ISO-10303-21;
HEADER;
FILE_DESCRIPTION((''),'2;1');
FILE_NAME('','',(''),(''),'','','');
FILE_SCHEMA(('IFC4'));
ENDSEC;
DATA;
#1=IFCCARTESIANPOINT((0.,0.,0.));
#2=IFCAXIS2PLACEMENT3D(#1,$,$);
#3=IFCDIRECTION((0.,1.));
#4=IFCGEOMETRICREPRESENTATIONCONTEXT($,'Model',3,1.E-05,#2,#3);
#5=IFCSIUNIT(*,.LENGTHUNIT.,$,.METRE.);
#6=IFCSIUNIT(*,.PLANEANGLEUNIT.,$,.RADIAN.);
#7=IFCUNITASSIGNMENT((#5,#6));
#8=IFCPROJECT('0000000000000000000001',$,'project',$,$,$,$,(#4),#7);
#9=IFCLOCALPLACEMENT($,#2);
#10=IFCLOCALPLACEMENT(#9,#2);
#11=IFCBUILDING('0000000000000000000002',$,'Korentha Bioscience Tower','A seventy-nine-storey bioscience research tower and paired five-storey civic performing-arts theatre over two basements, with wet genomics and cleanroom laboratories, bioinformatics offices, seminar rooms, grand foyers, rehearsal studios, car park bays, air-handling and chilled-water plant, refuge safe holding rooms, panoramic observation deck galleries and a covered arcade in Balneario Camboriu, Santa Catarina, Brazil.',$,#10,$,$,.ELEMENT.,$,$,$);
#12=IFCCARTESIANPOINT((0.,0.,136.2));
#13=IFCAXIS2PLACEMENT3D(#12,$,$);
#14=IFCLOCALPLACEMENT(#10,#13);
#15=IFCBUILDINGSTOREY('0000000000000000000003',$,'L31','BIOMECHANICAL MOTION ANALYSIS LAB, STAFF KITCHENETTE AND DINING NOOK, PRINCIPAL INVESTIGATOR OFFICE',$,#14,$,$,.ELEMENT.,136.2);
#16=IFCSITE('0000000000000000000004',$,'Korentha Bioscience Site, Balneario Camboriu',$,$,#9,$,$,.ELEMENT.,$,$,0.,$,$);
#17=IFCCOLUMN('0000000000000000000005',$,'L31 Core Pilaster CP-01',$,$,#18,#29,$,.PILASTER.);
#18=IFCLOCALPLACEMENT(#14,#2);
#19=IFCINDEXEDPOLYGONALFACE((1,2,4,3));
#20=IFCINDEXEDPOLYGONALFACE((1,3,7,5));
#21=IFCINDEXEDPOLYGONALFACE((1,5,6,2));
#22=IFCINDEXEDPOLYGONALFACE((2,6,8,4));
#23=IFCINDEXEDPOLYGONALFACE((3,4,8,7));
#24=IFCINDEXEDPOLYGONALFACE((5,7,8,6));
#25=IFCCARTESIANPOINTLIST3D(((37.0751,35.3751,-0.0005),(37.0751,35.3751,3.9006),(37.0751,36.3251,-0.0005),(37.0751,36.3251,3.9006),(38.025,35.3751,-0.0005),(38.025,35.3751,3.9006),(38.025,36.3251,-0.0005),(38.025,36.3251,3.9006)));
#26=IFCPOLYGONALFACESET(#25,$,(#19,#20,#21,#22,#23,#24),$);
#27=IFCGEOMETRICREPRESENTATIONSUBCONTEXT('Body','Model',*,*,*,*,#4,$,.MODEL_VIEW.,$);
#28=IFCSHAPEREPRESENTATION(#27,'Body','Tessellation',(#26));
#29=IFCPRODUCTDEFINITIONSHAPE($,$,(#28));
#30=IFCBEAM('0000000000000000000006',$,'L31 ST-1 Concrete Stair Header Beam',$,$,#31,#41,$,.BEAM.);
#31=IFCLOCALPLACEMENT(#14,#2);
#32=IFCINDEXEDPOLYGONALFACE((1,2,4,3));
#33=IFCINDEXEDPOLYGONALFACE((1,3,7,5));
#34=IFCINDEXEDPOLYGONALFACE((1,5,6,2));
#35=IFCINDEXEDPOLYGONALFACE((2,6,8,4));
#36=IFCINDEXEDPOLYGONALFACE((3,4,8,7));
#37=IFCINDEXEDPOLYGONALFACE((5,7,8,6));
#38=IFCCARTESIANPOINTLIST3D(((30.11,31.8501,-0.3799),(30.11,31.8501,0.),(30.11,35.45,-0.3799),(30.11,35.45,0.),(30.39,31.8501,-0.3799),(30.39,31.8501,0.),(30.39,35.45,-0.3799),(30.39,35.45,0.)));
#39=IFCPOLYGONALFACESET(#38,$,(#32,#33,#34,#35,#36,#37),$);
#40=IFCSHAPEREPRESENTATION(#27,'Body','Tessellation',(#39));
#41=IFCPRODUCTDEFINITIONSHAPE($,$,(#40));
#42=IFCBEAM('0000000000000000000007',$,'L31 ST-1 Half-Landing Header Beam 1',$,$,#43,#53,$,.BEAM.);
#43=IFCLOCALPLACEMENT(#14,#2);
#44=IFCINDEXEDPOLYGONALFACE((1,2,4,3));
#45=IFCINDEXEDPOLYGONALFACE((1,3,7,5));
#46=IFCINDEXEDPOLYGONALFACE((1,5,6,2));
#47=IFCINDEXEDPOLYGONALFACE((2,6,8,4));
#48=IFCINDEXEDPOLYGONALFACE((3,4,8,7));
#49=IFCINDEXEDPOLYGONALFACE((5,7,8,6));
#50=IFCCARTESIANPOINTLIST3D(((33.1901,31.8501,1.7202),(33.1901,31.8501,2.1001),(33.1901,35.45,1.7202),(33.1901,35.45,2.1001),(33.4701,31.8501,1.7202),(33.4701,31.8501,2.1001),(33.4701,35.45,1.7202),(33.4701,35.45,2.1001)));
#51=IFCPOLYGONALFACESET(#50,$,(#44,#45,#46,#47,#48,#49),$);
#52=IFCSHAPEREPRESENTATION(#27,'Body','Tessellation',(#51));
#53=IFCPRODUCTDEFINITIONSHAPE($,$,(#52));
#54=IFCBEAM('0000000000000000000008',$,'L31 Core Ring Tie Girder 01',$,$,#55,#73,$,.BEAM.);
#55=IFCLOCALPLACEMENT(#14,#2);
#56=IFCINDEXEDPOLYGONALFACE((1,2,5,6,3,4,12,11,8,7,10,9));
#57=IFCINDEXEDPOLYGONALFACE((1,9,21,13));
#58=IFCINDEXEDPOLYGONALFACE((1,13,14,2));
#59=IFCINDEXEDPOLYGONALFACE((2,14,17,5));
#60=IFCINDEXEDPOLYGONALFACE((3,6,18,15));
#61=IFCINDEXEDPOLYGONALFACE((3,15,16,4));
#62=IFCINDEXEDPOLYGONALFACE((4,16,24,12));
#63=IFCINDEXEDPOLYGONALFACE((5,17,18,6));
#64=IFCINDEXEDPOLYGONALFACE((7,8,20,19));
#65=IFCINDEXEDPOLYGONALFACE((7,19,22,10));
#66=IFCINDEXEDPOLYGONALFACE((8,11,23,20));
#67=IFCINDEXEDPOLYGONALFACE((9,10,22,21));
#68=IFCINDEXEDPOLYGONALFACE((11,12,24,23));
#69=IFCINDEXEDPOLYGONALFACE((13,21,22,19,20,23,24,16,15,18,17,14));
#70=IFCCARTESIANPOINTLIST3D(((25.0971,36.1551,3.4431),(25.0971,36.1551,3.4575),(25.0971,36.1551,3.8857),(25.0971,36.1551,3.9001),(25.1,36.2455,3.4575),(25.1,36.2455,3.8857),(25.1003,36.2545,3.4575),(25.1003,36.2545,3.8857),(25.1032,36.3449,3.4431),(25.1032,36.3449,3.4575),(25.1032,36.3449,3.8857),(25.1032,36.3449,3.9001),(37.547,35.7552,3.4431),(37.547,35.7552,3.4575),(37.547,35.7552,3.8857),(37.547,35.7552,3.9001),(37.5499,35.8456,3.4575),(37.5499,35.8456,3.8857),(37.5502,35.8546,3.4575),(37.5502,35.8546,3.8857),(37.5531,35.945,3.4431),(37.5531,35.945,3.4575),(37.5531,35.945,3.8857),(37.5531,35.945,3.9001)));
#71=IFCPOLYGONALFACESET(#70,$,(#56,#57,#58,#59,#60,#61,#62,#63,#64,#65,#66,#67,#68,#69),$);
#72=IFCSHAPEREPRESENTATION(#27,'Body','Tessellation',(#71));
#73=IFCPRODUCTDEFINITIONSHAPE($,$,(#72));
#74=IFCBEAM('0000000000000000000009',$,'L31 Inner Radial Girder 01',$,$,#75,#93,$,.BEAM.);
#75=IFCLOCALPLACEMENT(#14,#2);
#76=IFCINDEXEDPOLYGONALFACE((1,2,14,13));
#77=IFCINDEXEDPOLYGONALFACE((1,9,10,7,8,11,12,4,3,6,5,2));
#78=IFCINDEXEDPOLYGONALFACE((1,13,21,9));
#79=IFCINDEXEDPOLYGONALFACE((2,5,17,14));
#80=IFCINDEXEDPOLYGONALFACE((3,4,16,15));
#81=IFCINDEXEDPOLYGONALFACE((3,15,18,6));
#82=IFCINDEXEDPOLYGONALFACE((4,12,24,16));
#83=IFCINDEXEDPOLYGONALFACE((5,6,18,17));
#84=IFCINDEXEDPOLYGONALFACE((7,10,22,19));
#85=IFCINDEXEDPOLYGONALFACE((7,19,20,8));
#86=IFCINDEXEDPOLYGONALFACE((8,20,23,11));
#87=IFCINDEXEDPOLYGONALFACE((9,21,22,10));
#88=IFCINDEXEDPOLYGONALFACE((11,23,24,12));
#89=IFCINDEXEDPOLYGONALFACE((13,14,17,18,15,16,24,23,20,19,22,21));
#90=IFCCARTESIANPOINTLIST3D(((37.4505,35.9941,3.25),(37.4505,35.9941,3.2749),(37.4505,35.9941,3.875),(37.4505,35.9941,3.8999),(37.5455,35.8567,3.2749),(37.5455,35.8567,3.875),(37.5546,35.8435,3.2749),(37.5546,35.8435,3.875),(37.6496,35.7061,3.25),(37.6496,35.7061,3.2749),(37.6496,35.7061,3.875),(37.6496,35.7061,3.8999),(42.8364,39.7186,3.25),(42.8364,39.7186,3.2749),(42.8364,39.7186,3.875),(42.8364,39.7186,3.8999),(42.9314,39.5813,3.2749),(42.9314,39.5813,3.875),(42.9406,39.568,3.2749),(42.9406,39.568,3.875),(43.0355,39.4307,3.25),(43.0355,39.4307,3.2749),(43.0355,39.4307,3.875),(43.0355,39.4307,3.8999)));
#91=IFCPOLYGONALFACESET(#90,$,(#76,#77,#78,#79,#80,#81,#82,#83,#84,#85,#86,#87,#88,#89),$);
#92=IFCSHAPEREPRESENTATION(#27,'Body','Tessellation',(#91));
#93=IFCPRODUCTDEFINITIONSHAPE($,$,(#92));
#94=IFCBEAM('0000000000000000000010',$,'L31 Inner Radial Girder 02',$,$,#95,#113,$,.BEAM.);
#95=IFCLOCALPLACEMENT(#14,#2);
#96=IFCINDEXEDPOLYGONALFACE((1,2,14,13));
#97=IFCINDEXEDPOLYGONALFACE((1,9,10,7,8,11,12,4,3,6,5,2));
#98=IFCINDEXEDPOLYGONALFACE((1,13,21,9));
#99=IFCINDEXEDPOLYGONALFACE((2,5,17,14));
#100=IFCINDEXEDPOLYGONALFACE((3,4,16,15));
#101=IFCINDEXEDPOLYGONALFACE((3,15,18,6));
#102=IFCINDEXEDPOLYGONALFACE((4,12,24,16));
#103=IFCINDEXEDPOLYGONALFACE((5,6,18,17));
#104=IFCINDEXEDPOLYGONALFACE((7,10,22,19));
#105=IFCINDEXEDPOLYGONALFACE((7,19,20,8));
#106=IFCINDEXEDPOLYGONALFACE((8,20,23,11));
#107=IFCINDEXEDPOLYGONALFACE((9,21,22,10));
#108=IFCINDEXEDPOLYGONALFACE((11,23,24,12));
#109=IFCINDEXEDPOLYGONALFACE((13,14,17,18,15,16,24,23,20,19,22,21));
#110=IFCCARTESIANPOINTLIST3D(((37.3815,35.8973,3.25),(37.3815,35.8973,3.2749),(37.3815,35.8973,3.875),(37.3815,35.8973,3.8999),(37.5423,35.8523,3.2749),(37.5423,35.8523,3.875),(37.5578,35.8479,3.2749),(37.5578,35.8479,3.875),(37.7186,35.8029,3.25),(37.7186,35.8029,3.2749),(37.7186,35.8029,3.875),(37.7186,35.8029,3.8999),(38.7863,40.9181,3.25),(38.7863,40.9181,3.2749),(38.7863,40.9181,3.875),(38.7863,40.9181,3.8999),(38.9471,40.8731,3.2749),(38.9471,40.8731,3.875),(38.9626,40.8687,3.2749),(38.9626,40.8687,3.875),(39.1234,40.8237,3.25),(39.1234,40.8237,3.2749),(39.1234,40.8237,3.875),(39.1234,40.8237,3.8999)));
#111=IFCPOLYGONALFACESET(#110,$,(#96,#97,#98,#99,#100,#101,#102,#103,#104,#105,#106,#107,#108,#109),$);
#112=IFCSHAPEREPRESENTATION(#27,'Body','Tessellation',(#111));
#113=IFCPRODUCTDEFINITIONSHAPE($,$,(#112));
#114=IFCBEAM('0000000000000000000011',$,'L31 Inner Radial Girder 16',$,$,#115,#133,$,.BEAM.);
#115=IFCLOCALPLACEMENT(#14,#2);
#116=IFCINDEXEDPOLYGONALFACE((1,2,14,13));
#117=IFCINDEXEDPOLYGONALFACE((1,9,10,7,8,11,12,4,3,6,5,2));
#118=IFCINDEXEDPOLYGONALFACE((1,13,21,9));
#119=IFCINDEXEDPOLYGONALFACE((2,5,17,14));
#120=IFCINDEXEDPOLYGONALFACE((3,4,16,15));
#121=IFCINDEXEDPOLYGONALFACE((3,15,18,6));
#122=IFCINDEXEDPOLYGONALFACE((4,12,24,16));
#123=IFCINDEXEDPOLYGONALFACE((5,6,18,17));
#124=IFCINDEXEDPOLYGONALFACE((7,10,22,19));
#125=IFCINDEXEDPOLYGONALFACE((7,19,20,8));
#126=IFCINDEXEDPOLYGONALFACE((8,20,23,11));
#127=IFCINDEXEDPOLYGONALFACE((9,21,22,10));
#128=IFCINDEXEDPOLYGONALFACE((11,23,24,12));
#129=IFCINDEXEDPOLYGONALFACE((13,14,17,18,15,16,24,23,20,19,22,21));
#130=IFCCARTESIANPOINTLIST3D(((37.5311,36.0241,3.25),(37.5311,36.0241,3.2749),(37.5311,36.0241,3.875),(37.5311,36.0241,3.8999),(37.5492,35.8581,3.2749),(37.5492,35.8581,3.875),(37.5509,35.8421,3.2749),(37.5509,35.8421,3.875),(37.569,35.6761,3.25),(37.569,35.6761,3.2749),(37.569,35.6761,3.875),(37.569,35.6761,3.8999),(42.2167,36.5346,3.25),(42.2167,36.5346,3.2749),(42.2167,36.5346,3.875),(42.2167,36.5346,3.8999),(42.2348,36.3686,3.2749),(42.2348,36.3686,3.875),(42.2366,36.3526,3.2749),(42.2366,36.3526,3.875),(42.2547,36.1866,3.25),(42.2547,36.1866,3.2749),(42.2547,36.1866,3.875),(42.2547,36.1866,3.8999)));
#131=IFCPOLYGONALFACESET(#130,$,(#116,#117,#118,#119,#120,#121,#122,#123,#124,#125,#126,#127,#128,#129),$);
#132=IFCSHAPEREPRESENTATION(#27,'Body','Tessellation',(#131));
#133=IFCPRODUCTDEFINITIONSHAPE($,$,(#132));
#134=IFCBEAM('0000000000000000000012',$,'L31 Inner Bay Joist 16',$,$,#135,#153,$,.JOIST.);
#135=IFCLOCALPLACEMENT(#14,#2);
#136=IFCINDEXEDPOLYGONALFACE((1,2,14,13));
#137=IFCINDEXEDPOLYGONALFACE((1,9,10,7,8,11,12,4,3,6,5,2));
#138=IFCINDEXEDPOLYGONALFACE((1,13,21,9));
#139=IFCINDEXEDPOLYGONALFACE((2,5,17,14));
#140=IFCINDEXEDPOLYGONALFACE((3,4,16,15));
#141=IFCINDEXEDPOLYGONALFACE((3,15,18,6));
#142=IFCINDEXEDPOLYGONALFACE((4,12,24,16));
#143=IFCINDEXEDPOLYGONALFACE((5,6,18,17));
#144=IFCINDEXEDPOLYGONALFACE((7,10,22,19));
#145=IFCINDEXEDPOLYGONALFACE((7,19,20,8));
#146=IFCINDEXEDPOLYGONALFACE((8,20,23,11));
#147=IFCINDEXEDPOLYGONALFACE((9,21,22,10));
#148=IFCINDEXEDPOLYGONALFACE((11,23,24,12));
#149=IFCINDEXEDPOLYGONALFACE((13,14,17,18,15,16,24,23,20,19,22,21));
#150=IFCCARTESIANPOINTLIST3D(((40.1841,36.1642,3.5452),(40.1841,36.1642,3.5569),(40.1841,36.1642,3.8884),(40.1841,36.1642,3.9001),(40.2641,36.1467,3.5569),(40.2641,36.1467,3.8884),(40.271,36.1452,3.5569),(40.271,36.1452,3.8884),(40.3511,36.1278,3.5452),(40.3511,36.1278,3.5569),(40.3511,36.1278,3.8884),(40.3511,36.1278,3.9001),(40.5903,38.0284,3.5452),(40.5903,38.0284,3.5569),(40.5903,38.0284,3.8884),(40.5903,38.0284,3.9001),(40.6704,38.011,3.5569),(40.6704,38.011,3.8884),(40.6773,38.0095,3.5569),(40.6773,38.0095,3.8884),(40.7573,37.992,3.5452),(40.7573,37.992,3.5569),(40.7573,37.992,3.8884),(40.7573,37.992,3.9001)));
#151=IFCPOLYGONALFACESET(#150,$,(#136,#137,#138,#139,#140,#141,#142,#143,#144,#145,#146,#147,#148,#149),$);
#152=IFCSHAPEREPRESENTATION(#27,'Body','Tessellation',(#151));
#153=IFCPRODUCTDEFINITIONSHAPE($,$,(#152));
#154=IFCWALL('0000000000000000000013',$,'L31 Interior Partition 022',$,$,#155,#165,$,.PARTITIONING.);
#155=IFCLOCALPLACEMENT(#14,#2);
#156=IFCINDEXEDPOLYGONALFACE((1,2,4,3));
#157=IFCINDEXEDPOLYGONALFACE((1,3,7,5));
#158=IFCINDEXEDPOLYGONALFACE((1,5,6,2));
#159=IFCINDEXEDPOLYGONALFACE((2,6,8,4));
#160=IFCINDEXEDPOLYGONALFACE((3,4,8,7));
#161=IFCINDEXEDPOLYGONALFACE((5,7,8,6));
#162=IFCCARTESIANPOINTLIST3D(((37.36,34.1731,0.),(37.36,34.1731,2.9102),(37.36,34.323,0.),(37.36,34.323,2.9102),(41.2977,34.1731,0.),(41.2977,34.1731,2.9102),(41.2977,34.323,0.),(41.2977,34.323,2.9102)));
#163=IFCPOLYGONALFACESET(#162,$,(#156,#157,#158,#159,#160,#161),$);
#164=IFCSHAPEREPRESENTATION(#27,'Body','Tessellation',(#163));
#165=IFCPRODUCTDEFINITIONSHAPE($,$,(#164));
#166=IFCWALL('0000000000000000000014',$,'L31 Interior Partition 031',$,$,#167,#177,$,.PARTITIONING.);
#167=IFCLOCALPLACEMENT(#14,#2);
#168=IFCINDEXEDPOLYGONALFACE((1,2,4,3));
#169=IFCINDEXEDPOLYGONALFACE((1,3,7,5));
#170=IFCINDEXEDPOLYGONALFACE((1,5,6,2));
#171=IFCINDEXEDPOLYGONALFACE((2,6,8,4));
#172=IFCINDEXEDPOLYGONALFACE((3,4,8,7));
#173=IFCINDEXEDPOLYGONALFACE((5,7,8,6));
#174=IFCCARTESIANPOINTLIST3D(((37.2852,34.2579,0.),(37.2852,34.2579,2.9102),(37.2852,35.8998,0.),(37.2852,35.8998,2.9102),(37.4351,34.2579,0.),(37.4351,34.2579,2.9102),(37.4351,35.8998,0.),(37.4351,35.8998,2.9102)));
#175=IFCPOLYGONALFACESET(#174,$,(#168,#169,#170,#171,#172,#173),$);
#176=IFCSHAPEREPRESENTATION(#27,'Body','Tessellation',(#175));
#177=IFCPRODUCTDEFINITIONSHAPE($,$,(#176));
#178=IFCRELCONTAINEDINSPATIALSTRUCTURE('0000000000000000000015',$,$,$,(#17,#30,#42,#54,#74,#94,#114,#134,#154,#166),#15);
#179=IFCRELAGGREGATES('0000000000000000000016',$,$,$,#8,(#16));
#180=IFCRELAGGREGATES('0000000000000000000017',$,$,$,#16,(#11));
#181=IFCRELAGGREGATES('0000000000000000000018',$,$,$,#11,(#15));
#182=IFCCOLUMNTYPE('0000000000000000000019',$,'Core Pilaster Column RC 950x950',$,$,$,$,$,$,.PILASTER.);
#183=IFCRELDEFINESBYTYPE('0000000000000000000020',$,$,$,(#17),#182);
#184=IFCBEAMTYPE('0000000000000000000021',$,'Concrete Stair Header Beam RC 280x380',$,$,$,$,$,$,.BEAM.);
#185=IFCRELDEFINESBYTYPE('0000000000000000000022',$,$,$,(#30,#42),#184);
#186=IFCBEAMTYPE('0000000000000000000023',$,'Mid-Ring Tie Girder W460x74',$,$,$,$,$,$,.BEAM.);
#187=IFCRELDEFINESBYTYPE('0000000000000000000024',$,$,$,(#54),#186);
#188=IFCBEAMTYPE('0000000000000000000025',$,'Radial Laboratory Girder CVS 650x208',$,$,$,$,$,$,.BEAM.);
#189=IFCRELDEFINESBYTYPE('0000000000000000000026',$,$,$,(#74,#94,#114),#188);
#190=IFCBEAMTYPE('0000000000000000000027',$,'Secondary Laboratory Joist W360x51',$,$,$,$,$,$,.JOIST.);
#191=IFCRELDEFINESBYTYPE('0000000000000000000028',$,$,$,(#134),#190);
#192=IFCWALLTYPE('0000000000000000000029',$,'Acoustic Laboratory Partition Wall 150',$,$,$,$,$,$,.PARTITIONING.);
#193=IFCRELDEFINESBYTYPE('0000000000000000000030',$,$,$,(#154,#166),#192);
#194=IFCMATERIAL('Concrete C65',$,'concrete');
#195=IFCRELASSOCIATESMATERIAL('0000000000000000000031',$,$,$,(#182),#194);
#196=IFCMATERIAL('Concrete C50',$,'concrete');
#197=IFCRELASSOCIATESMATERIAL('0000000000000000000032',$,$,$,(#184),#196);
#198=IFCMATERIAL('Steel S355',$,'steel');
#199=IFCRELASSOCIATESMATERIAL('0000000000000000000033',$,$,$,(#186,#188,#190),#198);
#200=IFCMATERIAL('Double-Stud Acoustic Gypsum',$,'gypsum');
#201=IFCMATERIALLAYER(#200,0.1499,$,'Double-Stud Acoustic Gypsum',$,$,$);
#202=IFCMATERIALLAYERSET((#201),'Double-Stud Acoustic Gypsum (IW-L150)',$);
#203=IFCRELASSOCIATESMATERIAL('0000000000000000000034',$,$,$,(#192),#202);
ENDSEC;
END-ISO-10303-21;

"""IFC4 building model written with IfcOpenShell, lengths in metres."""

from ifc_helpers import new_model, si_unit, direction, frame, frame_2d, origin, origin_2d, place, context, subcontext, project, spatial, rectangle, i_section, extrude, material, layer, layer_set, material_profile, profile_set, type_object, element, save


model = new_model("IFC4")

# Units and contexts
model_context = context("Model", 3, precision=1e-05, world=origin(), true_north=direction((0.0, 1.0)))
body_context = subcontext(model_context, "Body", "Model", "MODEL_VIEW")
ifc_project = project(units=[si_unit("LENGTHUNIT", "METRE"), si_unit("PLANEANGLEUNIT", "RADIAN")], contexts=[model_context])

# Site, building, storey
site_placement = place(None, origin())
site = spatial("IfcSite", under=ifc_project, at=site_placement, Name="Korentha Bioscience Site, Balneario Camboriu", CompositionType="ELEMENT", RefElevation=0.0)
building_placement = place(site_placement, origin())
building = spatial("IfcBuilding", under=site, at=building_placement, Name="Korentha Bioscience Tower", Description="A seventy-nine-storey bioscience research tower and paired five-storey civic performing-arts theatre over two basements, with wet genomics and cleanroom laboratories, bioinformatics offices, seminar rooms, grand foyers, rehearsal studios, car park bays, air-handling and chilled-water plant, refuge safe holding rooms, panoramic observation deck galleries and a covered arcade in Balneario Camboriu, Santa Catarina, Brazil.", CompositionType="ELEMENT")
storey_placement = place(building_placement, frame((0.0, 0.0, 136.2)))
storey = spatial("IfcBuildingStorey", under=building, at=storey_placement, Name="L31", Description="BIOMECHANICAL MOTION ANALYSIS LAB, STAFF KITCHENETTE AND DINING NOOK, PRINCIPAL INVESTIGATOR OFFICE", CompositionType="ELEMENT", Elevation=136.2)

# Column
ifc_material_1 = material(Name="Concrete C65", Category="concrete")
ifc_material_profile_1 = material_profile(ifc_material_1, rectangle(XDim=0.95, YDim=0.95, at=origin_2d()), Name="Concrete C65")
ifc_profile_set_1 = profile_set([ifc_material_profile_1], Name="Concrete C65 (COL-CP09)")
column_type = type_object("IfcColumnType", Name="Core Pilaster Column RC 950x950", PredefinedType="PILASTER", material=ifc_profile_set_1)
column_placement = place(storey_placement, frame((37.55, 35.8501, -0.0005), z_axis=(0.0, 0.0, 1.0), x_axis=(1.0, 0.0, 0.0)))
element("IfcColumn", 1, at=column_placement, inside=storey, type_object=column_type, Name="L31 Core Pilaster CP-01", PredefinedType="PILASTER", context=body_context, shape_type="SweptSolid", body=[
    extrude(rectangle(XDim=0.95, YDim=0.95, at=origin_2d()), origin(), (0.0, 0.0, 1.0), 3.9011),
])

# Beams
ifc_material_2 = material(Name="Concrete C50", Category="concrete")
ifc_material_profile_2 = material_profile(ifc_material_2, rectangle(XDim=0.28, YDim=0.3799, at=origin_2d()), Name="Concrete C50")
ifc_profile_set_2 = profile_set([ifc_material_profile_2], Name="Concrete C50 (ST-HB380)")
beam_type_1 = type_object("IfcBeamType", Name="Concrete Stair Header Beam RC 280x380", PredefinedType="BEAM", material=ifc_profile_set_2)
for number, where, z_axis, x_axis, name in (
    (2, (30.25, 31.8501, -0.1899), (0.0, 1.0, 0.0), (-1.0, 0.0, 0.0), "L31 ST-1 Concrete Stair Header Beam"),
    (3, (33.3301, 31.8501, 1.9102), (0.0, 1.0, 0.0), (-1.0, 0.0, 0.0), "L31 ST-1 Half-Landing Header Beam 1"),
):
    element("IfcBeam", number, at=place(storey_placement, frame(where, z_axis=z_axis, x_axis=x_axis)), inside=storey, type_object=beam_type_1, Name=name, PredefinedType="BEAM", context=body_context, shape_type="SweptSolid", body=[
        extrude(rectangle(XDim=0.28, YDim=0.3799, at=origin_2d()), origin(), (0.0, 0.0, 1.0), 3.5999),
    ])
ifc_material_3 = material(Name="Steel S355", Category="steel")
ifc_material_profile_3 = material_profile(ifc_material_3, i_section(OverallWidth=0.1899, OverallDepth=0.457, WebThickness=0.009, FlangeThickness=0.0144, at=origin_2d()), Name="Steel S355")
ifc_profile_set_3 = profile_set([ifc_material_profile_3], Name="Steel S355 (MB-460)")
beam_type_2 = type_object("IfcBeamType", Name="Mid-Ring Tie Girder W460x74", PredefinedType="BEAM", material=ifc_profile_set_3)
beam_1_placement = place(storey_placement, frame((37.55, 35.8501, 3.6716), z_axis=(-0.999485, 0.032104, 0.0), x_axis=(-0.032104, -0.999485, 0.0)))
element("IfcBeam", 4, at=beam_1_placement, inside=storey, type_object=beam_type_2, Name="L31 Core Ring Tie Girder 01", PredefinedType="BEAM", context=body_context, shape_type="SweptSolid", body=[
    extrude(i_section(OverallWidth=0.1899, OverallDepth=0.457, WebThickness=0.009, FlangeThickness=0.0144, at=origin_2d()), origin(), (0.0, 0.0, 1.0), 12.4563),
])
ifc_material_profile_4 = material_profile(ifc_material_3, i_section(OverallWidth=0.3501, OverallDepth=0.6499, WebThickness=0.0161, FlangeThickness=0.0249, at=origin_2d()), Name="Steel S355")
ifc_profile_set_4 = profile_set([ifc_material_profile_4], Name="Steel S355 (RB-650)")
beam_type_3 = type_object("IfcBeamType", Name="Radial Laboratory Girder CVS 650x208", PredefinedType="BEAM", material=ifc_profile_set_4)
beam_2_placement = place(storey_placement, frame((37.55, 35.8501, 3.575), z_axis=(0.822489, 0.568781, 0.0), x_axis=(-0.568781, 0.822489, 0.0)))
element("IfcBeam", 5, at=beam_2_placement, inside=storey, type_object=beam_type_3, Name="L31 Inner Radial Girder 01", PredefinedType="BEAM", context=body_context, shape_type="SweptSolid", body=[
    extrude(i_section(OverallWidth=0.3501, OverallDepth=0.6499, WebThickness=0.0161, FlangeThickness=0.0249, at=origin_2d()), origin(), (0.0, 0.0, 1.0), 6.5483),
])
beam_3_placement = place(storey_placement, frame((37.55, 35.8501, 3.575), z_axis=(0.269448, 0.963015, 0.0), x_axis=(-0.963015, 0.269448, 0.0)))
element("IfcBeam", 6, at=beam_3_placement, inside=storey, type_object=beam_type_3, Name="L31 Inner Radial Girder 02", PredefinedType="BEAM", context=body_context, shape_type="SweptSolid", body=[
    extrude(i_section(OverallWidth=0.3501, OverallDepth=0.6499, WebThickness=0.0161, FlangeThickness=0.0249, at=origin_2d()), origin(), (0.0, 0.0, 1.0), 5.2136),
])
beam_4_placement = place(storey_placement, frame((37.55, 35.8501, 3.575), z_axis=(0.994117, 0.108311, 0.0), x_axis=(-0.108311, 0.994117, 0.0)))
element("IfcBeam", 7, at=beam_4_placement, inside=storey, type_object=beam_type_3, Name="L31 Inner Radial Girder 16", PredefinedType="BEAM", context=body_context, shape_type="SweptSolid", body=[
    extrude(i_section(OverallWidth=0.3501, OverallDepth=0.6499, WebThickness=0.0161, FlangeThickness=0.0249, at=origin_2d()), origin(), (0.0, 0.0, 1.0), 4.7134),
])
ifc_material_profile_5 = material_profile(ifc_material_3, i_section(OverallWidth=0.1709, OverallDepth=0.355, WebThickness=0.0071, FlangeThickness=0.0117, at=origin_2d()), Name="Steel S355")
ifc_profile_set_5 = profile_set([ifc_material_profile_5], Name="Steel S355 (JB-360)")
beam_type_4 = type_object("IfcBeamType", Name="Secondary Laboratory Joist W360x51", PredefinedType="JOIST", material=ifc_profile_set_5)
beam_5_placement = place(storey_placement, frame((40.2676, 36.146, 3.7227), z_axis=(0.212918, 0.97707, 0.0), x_axis=(-0.97707, 0.212918, 0.0)))
element("IfcBeam", 8, at=beam_5_placement, inside=storey, type_object=beam_type_4, Name="L31 Inner Bay Joist 16", PredefinedType="JOIST", context=body_context, shape_type="SweptSolid", body=[
    extrude(i_section(OverallWidth=0.1709, OverallDepth=0.355, WebThickness=0.0071, FlangeThickness=0.0117, at=origin_2d()), origin(), (0.0, 0.0, 1.0), 1.908),
])

# Walls
ifc_material_4 = material(Name="Double-Stud Acoustic Gypsum", Category="gypsum")
ifc_layer_1 = layer(ifc_material_4, 0.1499, Name="Double-Stud Acoustic Gypsum")
ifc_layer_set_1 = layer_set([ifc_layer_1], Name="Double-Stud Acoustic Gypsum (IW-L150)")
wall_type_1 = type_object("IfcWallType", Name="Acoustic Laboratory Partition Wall 150", PredefinedType="PARTITIONING", material=ifc_layer_set_1)
wall_1_placement = place(storey_placement, frame((37.3601, 34.248, 0.0), z_axis=(0.0, 0.0, 1.0), x_axis=(1.0, 0.0, 0.0)))
element("IfcWall", 9, at=wall_1_placement, inside=storey, type_object=wall_type_1, Name="L31 Interior Partition 022", PredefinedType="PARTITIONING", context=body_context, shape_type="SweptSolid", body=[
    extrude(rectangle(XDim=3.9377, YDim=0.1499, at=frame_2d((1.9688, 0.0))), origin(), (0.0, 0.0, 1.0), 2.9102),
])
wall_2_placement = place(storey_placement, frame((37.3601, 34.2581, 0.0), z_axis=(0.0, 0.0, 1.0), x_axis=(0.0, 1.0, 0.0)))
element("IfcWall", 10, at=wall_2_placement, inside=storey, type_object=wall_type_1, Name="L31 Interior Partition 031", PredefinedType="PARTITIONING", context=body_context, shape_type="SweptSolid", body=[
    extrude(rectangle(XDim=1.6418, YDim=0.1499, at=frame_2d((0.8208, 0.0))), origin(), (0.0, 0.0, 1.0), 2.9102),
])

save(model, "model.ifc")
